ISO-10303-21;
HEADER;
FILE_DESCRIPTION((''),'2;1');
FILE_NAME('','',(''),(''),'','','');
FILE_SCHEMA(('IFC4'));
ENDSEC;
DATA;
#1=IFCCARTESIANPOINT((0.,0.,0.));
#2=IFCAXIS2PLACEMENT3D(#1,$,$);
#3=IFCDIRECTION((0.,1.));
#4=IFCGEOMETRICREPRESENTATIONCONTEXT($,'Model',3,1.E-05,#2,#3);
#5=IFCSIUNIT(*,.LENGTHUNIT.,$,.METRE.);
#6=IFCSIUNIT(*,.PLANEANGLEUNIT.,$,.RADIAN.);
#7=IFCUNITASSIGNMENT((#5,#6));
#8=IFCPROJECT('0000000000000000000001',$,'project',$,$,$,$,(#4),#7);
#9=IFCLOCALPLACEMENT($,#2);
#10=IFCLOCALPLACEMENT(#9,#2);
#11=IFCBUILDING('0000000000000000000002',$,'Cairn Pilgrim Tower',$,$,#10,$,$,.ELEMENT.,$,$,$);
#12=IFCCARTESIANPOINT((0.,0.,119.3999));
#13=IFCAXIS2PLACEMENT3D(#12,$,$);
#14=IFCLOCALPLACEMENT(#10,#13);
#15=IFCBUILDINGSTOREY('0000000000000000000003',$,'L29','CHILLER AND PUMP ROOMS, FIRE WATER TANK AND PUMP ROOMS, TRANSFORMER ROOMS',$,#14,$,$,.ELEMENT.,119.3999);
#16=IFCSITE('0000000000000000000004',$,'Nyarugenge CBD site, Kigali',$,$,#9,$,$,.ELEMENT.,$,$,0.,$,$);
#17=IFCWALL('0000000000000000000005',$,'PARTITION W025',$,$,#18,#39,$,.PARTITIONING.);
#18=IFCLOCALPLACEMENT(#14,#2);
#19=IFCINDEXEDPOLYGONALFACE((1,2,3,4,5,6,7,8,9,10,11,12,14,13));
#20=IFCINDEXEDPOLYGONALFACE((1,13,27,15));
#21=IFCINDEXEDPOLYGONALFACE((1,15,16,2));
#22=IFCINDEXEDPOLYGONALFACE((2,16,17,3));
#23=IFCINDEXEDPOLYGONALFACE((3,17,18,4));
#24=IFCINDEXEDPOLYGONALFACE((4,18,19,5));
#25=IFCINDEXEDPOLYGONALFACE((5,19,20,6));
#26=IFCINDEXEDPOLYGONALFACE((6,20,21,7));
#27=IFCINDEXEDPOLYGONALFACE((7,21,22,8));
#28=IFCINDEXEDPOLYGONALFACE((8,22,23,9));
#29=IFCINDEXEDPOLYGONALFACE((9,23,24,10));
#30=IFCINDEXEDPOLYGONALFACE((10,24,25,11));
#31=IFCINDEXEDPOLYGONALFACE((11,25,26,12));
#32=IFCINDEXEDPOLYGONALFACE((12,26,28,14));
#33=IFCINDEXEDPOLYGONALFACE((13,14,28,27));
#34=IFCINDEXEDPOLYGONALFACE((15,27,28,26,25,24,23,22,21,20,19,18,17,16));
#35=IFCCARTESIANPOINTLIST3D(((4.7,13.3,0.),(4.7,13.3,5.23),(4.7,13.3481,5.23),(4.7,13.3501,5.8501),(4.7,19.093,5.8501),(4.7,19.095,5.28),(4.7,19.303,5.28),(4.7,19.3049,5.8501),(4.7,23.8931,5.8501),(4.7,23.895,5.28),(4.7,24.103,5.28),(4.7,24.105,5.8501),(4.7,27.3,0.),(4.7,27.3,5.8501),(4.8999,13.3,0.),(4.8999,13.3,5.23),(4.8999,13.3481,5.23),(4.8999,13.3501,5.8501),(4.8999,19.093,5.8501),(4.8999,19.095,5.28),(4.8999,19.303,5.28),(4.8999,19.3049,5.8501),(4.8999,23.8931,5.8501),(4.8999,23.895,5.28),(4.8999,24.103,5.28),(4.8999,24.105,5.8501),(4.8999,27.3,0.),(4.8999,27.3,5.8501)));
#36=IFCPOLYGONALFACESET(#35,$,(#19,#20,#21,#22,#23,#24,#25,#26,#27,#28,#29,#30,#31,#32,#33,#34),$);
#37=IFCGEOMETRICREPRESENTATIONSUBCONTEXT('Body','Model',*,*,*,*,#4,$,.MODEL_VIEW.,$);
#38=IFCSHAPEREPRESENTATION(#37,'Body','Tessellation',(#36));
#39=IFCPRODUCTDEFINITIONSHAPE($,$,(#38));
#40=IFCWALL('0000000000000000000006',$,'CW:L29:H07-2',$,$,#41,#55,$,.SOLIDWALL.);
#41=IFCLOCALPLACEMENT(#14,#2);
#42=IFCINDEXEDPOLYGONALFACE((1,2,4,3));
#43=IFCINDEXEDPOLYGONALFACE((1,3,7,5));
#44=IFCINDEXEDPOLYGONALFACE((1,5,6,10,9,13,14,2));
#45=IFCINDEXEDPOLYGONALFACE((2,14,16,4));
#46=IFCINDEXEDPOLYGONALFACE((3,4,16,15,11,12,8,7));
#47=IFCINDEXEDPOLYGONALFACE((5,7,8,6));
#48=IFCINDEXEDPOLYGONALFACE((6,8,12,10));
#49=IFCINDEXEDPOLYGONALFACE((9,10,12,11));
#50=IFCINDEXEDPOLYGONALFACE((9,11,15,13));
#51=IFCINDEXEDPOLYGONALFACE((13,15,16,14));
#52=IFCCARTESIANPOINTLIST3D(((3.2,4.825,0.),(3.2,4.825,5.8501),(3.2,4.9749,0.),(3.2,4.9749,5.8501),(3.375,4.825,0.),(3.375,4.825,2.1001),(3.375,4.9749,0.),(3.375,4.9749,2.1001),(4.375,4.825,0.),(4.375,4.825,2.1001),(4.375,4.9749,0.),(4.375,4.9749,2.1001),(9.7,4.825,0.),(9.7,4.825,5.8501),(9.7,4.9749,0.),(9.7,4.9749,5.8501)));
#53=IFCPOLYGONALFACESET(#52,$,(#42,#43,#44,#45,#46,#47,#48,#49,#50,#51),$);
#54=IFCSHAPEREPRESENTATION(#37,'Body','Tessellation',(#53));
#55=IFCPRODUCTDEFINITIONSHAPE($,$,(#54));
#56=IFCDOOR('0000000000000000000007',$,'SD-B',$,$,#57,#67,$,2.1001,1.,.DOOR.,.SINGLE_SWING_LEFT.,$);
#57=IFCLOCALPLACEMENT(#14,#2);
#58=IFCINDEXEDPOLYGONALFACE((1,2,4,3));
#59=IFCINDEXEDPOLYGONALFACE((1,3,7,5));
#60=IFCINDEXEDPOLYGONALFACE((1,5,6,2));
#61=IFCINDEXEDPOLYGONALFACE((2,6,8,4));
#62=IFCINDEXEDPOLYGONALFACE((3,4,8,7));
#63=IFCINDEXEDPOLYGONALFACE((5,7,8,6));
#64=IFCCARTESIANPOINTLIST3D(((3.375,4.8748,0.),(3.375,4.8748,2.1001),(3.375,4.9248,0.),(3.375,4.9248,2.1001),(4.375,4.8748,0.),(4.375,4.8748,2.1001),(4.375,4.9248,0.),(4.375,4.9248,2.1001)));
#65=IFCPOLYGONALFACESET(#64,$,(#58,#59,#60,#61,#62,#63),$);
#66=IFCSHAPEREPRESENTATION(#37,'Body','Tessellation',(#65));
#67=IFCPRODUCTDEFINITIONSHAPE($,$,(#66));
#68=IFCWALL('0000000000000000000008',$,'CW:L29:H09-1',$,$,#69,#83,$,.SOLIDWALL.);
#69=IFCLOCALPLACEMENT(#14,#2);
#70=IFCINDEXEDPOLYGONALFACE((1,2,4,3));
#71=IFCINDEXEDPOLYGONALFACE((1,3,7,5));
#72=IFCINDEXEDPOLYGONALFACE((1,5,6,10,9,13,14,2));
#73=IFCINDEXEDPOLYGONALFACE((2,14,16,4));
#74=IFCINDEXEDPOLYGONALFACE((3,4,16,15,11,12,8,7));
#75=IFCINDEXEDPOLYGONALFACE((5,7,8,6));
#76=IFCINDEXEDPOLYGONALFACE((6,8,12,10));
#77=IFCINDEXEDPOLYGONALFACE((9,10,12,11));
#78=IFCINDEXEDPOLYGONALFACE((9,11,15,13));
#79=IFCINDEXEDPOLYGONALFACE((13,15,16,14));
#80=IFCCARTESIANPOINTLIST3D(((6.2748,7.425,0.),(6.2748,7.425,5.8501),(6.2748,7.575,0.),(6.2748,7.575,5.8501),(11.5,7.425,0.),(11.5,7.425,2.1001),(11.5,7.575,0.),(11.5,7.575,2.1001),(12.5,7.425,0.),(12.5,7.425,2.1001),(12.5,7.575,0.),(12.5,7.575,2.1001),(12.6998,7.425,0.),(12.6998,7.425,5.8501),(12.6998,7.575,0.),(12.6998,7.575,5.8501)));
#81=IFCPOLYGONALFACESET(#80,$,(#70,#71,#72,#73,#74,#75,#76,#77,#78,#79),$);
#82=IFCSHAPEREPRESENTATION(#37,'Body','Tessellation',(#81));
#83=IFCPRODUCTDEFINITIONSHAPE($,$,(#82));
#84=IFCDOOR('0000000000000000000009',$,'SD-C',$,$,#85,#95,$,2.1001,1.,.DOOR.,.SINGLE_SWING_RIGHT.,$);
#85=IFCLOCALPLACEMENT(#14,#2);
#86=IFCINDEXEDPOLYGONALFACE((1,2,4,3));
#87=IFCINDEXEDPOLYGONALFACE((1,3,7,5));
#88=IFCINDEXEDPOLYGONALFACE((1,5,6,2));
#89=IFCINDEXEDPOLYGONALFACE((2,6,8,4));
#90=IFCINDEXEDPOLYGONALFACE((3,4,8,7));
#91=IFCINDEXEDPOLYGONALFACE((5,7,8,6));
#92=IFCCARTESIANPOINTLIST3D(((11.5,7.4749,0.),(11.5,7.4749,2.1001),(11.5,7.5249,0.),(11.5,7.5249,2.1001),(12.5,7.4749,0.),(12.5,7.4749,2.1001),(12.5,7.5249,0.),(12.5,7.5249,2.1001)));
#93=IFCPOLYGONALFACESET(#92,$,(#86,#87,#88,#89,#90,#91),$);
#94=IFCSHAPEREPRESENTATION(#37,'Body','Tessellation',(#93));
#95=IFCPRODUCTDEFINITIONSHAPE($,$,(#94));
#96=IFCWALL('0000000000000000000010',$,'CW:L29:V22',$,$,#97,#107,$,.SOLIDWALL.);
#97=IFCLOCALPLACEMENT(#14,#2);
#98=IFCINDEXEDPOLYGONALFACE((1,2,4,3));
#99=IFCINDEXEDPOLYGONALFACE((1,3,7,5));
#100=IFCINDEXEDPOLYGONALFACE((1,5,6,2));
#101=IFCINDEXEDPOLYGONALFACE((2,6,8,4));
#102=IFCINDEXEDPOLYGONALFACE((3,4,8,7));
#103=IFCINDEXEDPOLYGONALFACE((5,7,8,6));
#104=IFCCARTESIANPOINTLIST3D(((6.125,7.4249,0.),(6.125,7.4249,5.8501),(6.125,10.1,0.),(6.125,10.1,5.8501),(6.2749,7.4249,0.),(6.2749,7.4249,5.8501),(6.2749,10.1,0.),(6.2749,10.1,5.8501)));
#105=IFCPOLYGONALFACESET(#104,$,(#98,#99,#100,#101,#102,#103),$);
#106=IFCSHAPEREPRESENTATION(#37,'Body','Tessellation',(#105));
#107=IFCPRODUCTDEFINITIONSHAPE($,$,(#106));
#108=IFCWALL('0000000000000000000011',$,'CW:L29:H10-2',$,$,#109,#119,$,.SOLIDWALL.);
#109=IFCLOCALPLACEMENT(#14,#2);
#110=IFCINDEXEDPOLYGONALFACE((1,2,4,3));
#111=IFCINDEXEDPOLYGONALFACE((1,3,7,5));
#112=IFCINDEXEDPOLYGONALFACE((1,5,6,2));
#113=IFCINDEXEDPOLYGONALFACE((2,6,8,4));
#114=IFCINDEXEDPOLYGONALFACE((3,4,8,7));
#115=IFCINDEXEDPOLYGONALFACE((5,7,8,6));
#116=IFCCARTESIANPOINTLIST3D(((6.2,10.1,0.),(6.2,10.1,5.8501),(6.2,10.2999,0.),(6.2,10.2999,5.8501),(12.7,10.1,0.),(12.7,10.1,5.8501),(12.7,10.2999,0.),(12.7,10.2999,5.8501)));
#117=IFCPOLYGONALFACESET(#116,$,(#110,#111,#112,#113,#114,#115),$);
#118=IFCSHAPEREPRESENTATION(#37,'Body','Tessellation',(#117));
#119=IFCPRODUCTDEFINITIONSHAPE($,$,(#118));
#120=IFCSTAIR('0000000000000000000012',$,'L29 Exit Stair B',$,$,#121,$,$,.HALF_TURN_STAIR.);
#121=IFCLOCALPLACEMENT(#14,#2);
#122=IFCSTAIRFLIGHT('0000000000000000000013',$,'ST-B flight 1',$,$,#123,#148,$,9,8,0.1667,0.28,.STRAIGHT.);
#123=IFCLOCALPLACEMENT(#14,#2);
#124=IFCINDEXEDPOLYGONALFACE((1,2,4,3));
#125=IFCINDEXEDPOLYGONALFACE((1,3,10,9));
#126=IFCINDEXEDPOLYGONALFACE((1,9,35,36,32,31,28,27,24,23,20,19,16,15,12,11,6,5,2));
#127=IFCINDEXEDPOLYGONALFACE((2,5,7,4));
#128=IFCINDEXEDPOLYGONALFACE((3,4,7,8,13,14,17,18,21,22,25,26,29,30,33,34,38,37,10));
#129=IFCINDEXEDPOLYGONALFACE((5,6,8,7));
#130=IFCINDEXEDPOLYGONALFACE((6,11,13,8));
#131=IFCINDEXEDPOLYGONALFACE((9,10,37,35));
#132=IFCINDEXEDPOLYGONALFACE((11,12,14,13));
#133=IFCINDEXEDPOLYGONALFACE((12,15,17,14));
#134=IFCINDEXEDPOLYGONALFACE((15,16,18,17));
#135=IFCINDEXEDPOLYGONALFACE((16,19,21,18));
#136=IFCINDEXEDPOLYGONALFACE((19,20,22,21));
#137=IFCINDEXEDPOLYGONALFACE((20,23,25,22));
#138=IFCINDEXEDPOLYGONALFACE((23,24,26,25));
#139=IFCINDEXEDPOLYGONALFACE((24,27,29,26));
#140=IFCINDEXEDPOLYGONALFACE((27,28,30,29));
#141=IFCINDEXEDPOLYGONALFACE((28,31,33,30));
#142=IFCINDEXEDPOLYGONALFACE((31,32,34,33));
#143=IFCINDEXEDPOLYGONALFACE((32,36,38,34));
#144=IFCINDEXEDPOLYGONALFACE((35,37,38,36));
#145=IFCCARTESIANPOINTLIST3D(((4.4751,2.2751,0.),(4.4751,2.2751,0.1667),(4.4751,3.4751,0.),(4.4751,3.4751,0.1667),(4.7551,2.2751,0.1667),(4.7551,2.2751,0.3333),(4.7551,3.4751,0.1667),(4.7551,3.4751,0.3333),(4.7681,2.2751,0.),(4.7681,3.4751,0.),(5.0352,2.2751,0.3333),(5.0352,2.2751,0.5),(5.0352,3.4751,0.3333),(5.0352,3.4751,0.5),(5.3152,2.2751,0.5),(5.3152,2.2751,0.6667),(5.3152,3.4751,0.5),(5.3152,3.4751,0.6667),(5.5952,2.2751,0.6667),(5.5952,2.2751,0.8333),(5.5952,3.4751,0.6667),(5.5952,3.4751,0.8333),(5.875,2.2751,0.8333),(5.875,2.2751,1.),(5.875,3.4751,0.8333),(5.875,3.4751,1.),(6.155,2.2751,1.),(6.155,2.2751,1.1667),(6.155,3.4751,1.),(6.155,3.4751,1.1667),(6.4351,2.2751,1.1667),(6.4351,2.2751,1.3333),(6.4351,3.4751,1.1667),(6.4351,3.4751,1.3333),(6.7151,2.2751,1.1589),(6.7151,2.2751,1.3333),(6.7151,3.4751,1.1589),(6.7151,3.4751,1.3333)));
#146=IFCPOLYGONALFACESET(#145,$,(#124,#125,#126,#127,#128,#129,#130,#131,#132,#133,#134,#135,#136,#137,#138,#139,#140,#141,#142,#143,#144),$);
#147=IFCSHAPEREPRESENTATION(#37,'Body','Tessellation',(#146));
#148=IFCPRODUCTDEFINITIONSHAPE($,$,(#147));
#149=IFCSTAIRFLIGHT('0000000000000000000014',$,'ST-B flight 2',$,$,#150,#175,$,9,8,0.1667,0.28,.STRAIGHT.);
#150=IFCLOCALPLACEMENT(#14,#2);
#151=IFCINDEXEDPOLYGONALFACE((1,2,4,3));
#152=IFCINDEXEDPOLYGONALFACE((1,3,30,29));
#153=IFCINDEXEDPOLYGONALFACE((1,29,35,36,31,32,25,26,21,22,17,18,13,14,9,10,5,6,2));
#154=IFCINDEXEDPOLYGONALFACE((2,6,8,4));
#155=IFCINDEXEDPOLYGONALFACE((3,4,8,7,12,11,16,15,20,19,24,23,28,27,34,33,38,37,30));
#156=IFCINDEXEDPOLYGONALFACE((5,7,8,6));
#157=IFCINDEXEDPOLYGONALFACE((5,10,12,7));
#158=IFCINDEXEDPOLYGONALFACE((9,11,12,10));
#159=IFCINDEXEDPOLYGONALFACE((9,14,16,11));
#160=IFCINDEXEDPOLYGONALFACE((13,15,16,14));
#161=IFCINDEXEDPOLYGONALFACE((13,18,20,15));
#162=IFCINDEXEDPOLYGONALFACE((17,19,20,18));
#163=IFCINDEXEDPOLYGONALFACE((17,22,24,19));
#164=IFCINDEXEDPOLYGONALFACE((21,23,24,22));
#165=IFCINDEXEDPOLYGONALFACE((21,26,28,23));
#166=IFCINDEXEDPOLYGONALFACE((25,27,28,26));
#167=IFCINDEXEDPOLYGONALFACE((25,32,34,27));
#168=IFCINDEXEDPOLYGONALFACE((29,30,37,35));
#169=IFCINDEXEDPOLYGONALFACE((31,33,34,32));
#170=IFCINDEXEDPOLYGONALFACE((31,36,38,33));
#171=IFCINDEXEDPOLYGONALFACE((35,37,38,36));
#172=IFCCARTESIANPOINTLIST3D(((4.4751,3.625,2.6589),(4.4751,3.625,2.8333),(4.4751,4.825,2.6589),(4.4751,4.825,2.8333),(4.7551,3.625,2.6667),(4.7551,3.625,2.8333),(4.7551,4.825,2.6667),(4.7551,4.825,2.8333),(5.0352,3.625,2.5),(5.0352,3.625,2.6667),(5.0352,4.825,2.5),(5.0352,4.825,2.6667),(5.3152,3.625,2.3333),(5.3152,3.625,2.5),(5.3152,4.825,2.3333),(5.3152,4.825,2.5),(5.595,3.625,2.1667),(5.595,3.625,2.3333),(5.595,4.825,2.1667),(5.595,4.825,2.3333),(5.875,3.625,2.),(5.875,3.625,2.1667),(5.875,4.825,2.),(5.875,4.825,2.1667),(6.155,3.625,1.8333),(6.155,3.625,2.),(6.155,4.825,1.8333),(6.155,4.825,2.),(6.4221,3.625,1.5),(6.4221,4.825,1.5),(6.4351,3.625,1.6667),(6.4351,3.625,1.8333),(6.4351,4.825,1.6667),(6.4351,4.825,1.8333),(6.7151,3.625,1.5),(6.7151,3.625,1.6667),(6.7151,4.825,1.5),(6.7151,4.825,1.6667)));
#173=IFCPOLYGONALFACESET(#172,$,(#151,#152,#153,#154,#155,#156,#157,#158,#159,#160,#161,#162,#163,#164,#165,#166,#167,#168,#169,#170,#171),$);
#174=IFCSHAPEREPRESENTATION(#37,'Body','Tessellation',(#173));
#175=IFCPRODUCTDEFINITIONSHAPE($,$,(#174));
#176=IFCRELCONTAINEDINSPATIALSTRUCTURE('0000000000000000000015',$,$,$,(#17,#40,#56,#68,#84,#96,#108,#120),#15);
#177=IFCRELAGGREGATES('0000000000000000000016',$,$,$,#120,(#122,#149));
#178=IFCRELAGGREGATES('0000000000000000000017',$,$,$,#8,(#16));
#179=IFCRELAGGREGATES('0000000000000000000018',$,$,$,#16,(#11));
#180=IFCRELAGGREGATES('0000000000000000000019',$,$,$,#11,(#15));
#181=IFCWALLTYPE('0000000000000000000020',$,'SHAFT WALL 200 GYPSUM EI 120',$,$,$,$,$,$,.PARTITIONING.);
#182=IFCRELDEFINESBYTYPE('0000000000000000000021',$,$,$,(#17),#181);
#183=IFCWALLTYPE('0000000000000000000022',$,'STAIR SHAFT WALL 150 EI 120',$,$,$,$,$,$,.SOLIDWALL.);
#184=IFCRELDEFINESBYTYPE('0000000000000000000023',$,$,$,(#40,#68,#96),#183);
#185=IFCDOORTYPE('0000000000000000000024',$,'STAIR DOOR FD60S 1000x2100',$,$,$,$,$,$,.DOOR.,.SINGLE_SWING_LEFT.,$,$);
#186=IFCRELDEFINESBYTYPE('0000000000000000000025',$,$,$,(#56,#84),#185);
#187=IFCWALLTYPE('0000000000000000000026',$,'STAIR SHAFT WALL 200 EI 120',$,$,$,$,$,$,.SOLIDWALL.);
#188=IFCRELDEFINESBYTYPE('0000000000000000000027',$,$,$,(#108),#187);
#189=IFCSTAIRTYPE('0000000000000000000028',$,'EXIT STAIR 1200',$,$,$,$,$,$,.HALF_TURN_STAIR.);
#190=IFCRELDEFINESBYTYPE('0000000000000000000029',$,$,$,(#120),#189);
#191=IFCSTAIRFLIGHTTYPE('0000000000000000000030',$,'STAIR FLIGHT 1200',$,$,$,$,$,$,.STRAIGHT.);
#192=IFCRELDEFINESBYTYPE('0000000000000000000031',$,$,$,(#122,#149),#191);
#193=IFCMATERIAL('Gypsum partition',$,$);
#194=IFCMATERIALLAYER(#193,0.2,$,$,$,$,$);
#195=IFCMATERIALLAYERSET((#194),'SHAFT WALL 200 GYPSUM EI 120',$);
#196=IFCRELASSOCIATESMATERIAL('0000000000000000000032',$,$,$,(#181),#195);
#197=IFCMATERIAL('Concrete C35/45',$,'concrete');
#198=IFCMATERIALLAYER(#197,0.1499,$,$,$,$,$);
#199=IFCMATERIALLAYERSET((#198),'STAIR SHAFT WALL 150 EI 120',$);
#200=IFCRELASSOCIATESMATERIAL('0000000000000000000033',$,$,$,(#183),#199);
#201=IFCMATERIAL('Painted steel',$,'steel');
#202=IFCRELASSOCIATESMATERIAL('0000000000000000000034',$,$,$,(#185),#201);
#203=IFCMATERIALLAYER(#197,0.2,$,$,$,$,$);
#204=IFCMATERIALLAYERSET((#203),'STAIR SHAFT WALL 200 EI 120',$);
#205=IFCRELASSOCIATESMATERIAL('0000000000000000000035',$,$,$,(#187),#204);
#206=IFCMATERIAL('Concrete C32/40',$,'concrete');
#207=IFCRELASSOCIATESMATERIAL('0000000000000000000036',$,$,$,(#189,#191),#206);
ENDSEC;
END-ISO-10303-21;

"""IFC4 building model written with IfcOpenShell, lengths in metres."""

from ifc_helpers import new_model, si_unit, direction, frame, frame_2d, origin, place, context, subcontext, project, spatial, polyline, rectangle, outline, extrude, material, layer, layer_set, type_object, element, fill, aggregate, save


model = new_model("IFC4")

# Units and contexts
model_context = context("Model", 3, precision=1e-05, world=origin(), true_north=direction((0.0, 1.0)))
body_context = subcontext(model_context, "Body", "Model", "MODEL_VIEW")
ifc_project = project(units=[si_unit("LENGTHUNIT", "METRE"), si_unit("PLANEANGLEUNIT", "RADIAN")], contexts=[model_context])

# Site, building, storey
site_placement = place(None, origin())
site = spatial("IfcSite", under=ifc_project, at=site_placement, Name="Nyarugenge CBD site, Kigali", CompositionType="ELEMENT", RefElevation=0.0)
building_placement = place(site_placement, origin())
building = spatial("IfcBuilding", under=site, at=building_placement, Name="Cairn Pilgrim Tower", CompositionType="ELEMENT")
storey_placement = place(building_placement, frame((0.0, 0.0, 119.3999)))
storey = spatial("IfcBuildingStorey", under=building, at=storey_placement, Name="L29", Description="CHILLER AND PUMP ROOMS, FIRE WATER TANK AND PUMP ROOMS, TRANSFORMER ROOMS", CompositionType="ELEMENT", Elevation=119.3999)

# Wall
ifc_material_1 = material(Name="Concrete C32/40", Category="concrete")
ifc_material_2 = material(Name="Gypsum partition")
ifc_layer_1 = layer(ifc_material_2, 0.2)
ifc_layer_set_1 = layer_set([ifc_layer_1], Name="SHAFT WALL 200 GYPSUM EI 120")
wall_type_1 = type_object("IfcWallType", Name="SHAFT WALL 200 GYPSUM EI 120", PredefinedType="PARTITIONING", material=ifc_layer_set_1)
wall_1_placement = place(storey_placement, frame((4.8, 13.3, 0.0), z_axis=(0.0, 0.0, 1.0), x_axis=(0.0, 1.0, 0.0)))
element("IfcWall", 1, at=wall_1_placement, inside=storey, type_object=wall_type_1, Name="PARTITION W025", PredefinedType="PARTITIONING", context=body_context, shape_type="SweptSolid", body=[
    extrude(outline(polyline([(0.0, 0.0), (14.0, 0.0), (14.0, 5.8501), (10.8049, 5.8501), (10.803, 5.28), (10.595, 5.28), (10.593, 5.8501), (6.0049, 5.8501), (6.0029, 5.28), (5.7949, 5.28), (5.793, 5.8501), (0.05, 5.8501), (0.0481, 5.23), (0.0, 5.23), (0.0, 0.0)])), frame((0.0, 0.1001, 0.0), z_axis=(0.0, -1.0, 0.0), x_axis=(1.0, 0.0, 0.0)), (0.0, 0.0, 1.0), 0.2),
])

# Walls, openings, doors
ifc_material_3 = material(Name="Concrete C35/45", Category="concrete")
ifc_layer_2 = layer(ifc_material_3, 0.1499)
ifc_layer_set_2 = layer_set([ifc_layer_2], Name="STAIR SHAFT WALL 150 EI 120")
wall_type_2 = type_object("IfcWallType", Name="STAIR SHAFT WALL 150 EI 120", PredefinedType="SOLIDWALL", material=ifc_layer_set_2)
wall_2_placement = place(storey_placement, frame((3.2, 4.8999, 0.0), z_axis=(0.0, 0.0, 1.0), x_axis=(1.0, 0.0, 0.0)))
wall_2 = element("IfcWall", 2, at=wall_2_placement, inside=storey, type_object=wall_type_2, Name="CW:L29:H07-2", PredefinedType="SOLIDWALL", context=body_context, shape_type="SweptSolid", body=[
    extrude(rectangle(XDim=6.5, YDim=0.1499, at=frame_2d((3.25, 0.0))), origin(), (0.0, 0.0, 1.0), 5.8501),
])
opening_1_placement = place(wall_2_placement, frame((0.175, 0.0, 0.0)))
opening_1 = element("IfcOpeningElement", 3, at=opening_1_placement, cuts=wall_2, PredefinedType="OPENING", context=body_context, shape_type="SweptSolid", body=[
    extrude(rectangle(XDim=1.0, YDim=2.1001, at=frame_2d((0.5, 1.05))), frame((0.0, 0.085, 0.0), z_axis=(0.0, -1.0, 0.0), x_axis=(1.0, 0.0, 0.0)), (0.0, 0.0, 1.0), 0.1699),
])
ifc_material_4 = material(Name="Painted steel", Category="steel")
door_type = type_object("IfcDoorType", Name="STAIR DOOR FD60S 1000x2100", OperationType="SINGLE_SWING_LEFT", PredefinedType="DOOR", material=ifc_material_4)
door_1_placement = place(opening_1_placement, origin())
door_1 = element("IfcDoor", 4, at=door_1_placement, inside=storey, type_object=door_type, Name="SD-B", OperationType="SINGLE_SWING_LEFT", OverallHeight=2.1001, OverallWidth=1.0, PredefinedType="DOOR", context=body_context, shape_type="SweptSolid", body=[
    extrude(rectangle(XDim=1.0, YDim=2.1001, at=frame_2d((0.5, 1.05))), frame((0.0, 0.0249, 0.0), z_axis=(0.0, -1.0, 0.0), x_axis=(1.0, 0.0, 0.0)), (0.0, 0.0, 1.0), 0.05),
])
fill(opening_1, door_1)
wall_3_placement = place(storey_placement, frame((6.2749, 7.5, 0.0), z_axis=(0.0, 0.0, 1.0), x_axis=(1.0, 0.0, 0.0)))
wall_3 = element("IfcWall", 5, at=wall_3_placement, inside=storey, type_object=wall_type_2, Name="CW:L29:H09-1", PredefinedType="SOLIDWALL", context=body_context, shape_type="SweptSolid", body=[
    extrude(rectangle(XDim=6.425, YDim=0.1499, at=frame_2d((3.2124, 0.0))), origin(), (0.0, 0.0, 1.0), 5.8501),
])
opening_2_placement = place(wall_3_placement, frame((5.2251, 0.0, 0.0)))
opening_2 = element("IfcOpeningElement", 6, at=opening_2_placement, cuts=wall_3, PredefinedType="OPENING", context=body_context, shape_type="SweptSolid", body=[
    extrude(rectangle(XDim=1.0, YDim=2.1001, at=frame_2d((0.5, 1.05))), frame((0.0, 0.085, 0.0), z_axis=(0.0, -1.0, 0.0), x_axis=(1.0, 0.0, 0.0)), (0.0, 0.0, 1.0), 0.1699),
])
door_2_placement = place(opening_2_placement, origin())
door_2 = element("IfcDoor", 7, at=door_2_placement, inside=storey, type_object=door_type, Name="SD-C", OperationType="SINGLE_SWING_RIGHT", OverallHeight=2.1001, OverallWidth=1.0, PredefinedType="DOOR", context=body_context, shape_type="SweptSolid", body=[
    extrude(rectangle(XDim=1.0, YDim=2.1001, at=frame_2d((0.5, 1.05))), frame((0.0, 0.0249, 0.0), z_axis=(0.0, -1.0, 0.0), x_axis=(1.0, 0.0, 0.0)), (0.0, 0.0, 1.0), 0.05),
])
fill(opening_2, door_2)

# Walls
wall_4_placement = place(storey_placement, frame((6.2, 7.425, 0.0), z_axis=(0.0, 0.0, 1.0), x_axis=(0.0, 1.0, 0.0)))
element("IfcWall", 8, at=wall_4_placement, inside=storey, type_object=wall_type_2, Name="CW:L29:V22", PredefinedType="SOLIDWALL", context=body_context, shape_type="SweptSolid", body=[
    extrude(rectangle(XDim=2.675, YDim=0.1499, at=frame_2d((1.3374, 0.0))), origin(), (0.0, 0.0, 1.0), 5.8501),
])
ifc_layer_3 = layer(ifc_material_3, 0.2)
ifc_layer_set_3 = layer_set([ifc_layer_3], Name="STAIR SHAFT WALL 200 EI 120")
wall_type_3 = type_object("IfcWallType", Name="STAIR SHAFT WALL 200 EI 120", PredefinedType="SOLIDWALL", material=ifc_layer_set_3)
wall_5_placement = place(storey_placement, frame((6.2, 10.2, 0.0), z_axis=(0.0, 0.0, 1.0), x_axis=(1.0, 0.0, 0.0)))
element("IfcWall", 9, at=wall_5_placement, inside=storey, type_object=wall_type_3, Name="CW:L29:H10-2", PredefinedType="SOLIDWALL", context=body_context, shape_type="SweptSolid", body=[
    extrude(rectangle(XDim=6.5, YDim=0.2, at=frame_2d((3.25, 0.0))), origin(), (0.0, 0.0, 1.0), 5.8501),
])

# Stair, stair flights
stair_type = type_object("IfcStairType", Name="EXIT STAIR 1200", PredefinedType="HALF_TURN_STAIR", material=ifc_material_1)
stair_placement = place(storey_placement, origin())
stair = element("IfcStair", 10, at=stair_placement, inside=storey, type_object=stair_type, Name="L29 Exit Stair B", PredefinedType="HALF_TURN_STAIR")
stair_flight_type = type_object("IfcStairFlightType", Name="STAIR FLIGHT 1200", PredefinedType="STRAIGHT", material=ifc_material_1)
stair_flight_1_placement = place(storey_placement, frame((4.4751, 2.875, 0.0), z_axis=(0.0, 0.0, 1.0), x_axis=(1.0, 0.0, 0.0)))
stair_flight_1 = element("IfcStairFlight", 11, at=stair_flight_1_placement, type_object=stair_flight_type, Name="ST-B flight 1", NumberOfRisers=9, NumberOfTreads=8, PredefinedType="STRAIGHT", RiserHeight=0.1667, TreadLength=0.28, context=body_context, shape_type="SweptSolid", body=[
    extrude(outline(polyline([(0.0, 0.0), (0.0, 0.1667), (0.28, 0.1667), (0.28, 0.3333), (0.5601, 0.3333), (0.5601, 0.5), (0.8401, 0.5), (0.8401, 0.6667), (1.1201, 0.6667), (1.1201, 0.8333), (1.3999, 0.8333), (1.3999, 1.0), (1.6799, 1.0), (1.6799, 1.1667), (1.96, 1.1667), (1.96, 1.3333), (2.24, 1.3333), (2.24, 1.5), (2.24, 1.1589), (0.293, 0.0), (0.0, 0.0)])), frame((0.0, 0.6001, 0.0), z_axis=(0.0, -1.0, 0.0), x_axis=(1.0, 0.0, 0.0)), (0.0, 0.0, 1.0), 1.2),
])
stair_flight_2_placement = place(storey_placement, frame((6.7151, 4.2251, 1.5), z_axis=(0.0, 0.0, 1.0), x_axis=(-1.0, 0.0, 0.0)))
stair_flight_2 = element("IfcStairFlight", 12, at=stair_flight_2_placement, type_object=stair_flight_type, Name="ST-B flight 2", NumberOfRisers=9, NumberOfTreads=8, PredefinedType="STRAIGHT", RiserHeight=0.1667, TreadLength=0.28, context=body_context, shape_type="SweptSolid", body=[
    extrude(outline(polyline([(0.0, 0.0), (0.0, 0.1667), (0.28, 0.1667), (0.28, 0.3333), (0.5601, 0.3333), (0.5601, 0.5), (0.8401, 0.5), (0.8401, 0.6667), (1.1201, 0.6667), (1.1201, 0.8333), (1.3999, 0.8333), (1.3999, 1.0), (1.6799, 1.0), (1.6799, 1.1667), (1.96, 1.1667), (1.96, 1.3333), (2.24, 1.3333), (2.24, 1.5), (2.24, 1.1589), (0.293, 0.0), (0.0, 0.0)])), frame((0.0, 0.6001, 0.0), z_axis=(0.0, -1.0, 0.0), x_axis=(1.0, 0.0, 0.0)), (0.0, 0.0, 1.0), 1.2),
])
aggregate(stair, [stair_flight_1, stair_flight_2])

save(model, "model.ifc")
